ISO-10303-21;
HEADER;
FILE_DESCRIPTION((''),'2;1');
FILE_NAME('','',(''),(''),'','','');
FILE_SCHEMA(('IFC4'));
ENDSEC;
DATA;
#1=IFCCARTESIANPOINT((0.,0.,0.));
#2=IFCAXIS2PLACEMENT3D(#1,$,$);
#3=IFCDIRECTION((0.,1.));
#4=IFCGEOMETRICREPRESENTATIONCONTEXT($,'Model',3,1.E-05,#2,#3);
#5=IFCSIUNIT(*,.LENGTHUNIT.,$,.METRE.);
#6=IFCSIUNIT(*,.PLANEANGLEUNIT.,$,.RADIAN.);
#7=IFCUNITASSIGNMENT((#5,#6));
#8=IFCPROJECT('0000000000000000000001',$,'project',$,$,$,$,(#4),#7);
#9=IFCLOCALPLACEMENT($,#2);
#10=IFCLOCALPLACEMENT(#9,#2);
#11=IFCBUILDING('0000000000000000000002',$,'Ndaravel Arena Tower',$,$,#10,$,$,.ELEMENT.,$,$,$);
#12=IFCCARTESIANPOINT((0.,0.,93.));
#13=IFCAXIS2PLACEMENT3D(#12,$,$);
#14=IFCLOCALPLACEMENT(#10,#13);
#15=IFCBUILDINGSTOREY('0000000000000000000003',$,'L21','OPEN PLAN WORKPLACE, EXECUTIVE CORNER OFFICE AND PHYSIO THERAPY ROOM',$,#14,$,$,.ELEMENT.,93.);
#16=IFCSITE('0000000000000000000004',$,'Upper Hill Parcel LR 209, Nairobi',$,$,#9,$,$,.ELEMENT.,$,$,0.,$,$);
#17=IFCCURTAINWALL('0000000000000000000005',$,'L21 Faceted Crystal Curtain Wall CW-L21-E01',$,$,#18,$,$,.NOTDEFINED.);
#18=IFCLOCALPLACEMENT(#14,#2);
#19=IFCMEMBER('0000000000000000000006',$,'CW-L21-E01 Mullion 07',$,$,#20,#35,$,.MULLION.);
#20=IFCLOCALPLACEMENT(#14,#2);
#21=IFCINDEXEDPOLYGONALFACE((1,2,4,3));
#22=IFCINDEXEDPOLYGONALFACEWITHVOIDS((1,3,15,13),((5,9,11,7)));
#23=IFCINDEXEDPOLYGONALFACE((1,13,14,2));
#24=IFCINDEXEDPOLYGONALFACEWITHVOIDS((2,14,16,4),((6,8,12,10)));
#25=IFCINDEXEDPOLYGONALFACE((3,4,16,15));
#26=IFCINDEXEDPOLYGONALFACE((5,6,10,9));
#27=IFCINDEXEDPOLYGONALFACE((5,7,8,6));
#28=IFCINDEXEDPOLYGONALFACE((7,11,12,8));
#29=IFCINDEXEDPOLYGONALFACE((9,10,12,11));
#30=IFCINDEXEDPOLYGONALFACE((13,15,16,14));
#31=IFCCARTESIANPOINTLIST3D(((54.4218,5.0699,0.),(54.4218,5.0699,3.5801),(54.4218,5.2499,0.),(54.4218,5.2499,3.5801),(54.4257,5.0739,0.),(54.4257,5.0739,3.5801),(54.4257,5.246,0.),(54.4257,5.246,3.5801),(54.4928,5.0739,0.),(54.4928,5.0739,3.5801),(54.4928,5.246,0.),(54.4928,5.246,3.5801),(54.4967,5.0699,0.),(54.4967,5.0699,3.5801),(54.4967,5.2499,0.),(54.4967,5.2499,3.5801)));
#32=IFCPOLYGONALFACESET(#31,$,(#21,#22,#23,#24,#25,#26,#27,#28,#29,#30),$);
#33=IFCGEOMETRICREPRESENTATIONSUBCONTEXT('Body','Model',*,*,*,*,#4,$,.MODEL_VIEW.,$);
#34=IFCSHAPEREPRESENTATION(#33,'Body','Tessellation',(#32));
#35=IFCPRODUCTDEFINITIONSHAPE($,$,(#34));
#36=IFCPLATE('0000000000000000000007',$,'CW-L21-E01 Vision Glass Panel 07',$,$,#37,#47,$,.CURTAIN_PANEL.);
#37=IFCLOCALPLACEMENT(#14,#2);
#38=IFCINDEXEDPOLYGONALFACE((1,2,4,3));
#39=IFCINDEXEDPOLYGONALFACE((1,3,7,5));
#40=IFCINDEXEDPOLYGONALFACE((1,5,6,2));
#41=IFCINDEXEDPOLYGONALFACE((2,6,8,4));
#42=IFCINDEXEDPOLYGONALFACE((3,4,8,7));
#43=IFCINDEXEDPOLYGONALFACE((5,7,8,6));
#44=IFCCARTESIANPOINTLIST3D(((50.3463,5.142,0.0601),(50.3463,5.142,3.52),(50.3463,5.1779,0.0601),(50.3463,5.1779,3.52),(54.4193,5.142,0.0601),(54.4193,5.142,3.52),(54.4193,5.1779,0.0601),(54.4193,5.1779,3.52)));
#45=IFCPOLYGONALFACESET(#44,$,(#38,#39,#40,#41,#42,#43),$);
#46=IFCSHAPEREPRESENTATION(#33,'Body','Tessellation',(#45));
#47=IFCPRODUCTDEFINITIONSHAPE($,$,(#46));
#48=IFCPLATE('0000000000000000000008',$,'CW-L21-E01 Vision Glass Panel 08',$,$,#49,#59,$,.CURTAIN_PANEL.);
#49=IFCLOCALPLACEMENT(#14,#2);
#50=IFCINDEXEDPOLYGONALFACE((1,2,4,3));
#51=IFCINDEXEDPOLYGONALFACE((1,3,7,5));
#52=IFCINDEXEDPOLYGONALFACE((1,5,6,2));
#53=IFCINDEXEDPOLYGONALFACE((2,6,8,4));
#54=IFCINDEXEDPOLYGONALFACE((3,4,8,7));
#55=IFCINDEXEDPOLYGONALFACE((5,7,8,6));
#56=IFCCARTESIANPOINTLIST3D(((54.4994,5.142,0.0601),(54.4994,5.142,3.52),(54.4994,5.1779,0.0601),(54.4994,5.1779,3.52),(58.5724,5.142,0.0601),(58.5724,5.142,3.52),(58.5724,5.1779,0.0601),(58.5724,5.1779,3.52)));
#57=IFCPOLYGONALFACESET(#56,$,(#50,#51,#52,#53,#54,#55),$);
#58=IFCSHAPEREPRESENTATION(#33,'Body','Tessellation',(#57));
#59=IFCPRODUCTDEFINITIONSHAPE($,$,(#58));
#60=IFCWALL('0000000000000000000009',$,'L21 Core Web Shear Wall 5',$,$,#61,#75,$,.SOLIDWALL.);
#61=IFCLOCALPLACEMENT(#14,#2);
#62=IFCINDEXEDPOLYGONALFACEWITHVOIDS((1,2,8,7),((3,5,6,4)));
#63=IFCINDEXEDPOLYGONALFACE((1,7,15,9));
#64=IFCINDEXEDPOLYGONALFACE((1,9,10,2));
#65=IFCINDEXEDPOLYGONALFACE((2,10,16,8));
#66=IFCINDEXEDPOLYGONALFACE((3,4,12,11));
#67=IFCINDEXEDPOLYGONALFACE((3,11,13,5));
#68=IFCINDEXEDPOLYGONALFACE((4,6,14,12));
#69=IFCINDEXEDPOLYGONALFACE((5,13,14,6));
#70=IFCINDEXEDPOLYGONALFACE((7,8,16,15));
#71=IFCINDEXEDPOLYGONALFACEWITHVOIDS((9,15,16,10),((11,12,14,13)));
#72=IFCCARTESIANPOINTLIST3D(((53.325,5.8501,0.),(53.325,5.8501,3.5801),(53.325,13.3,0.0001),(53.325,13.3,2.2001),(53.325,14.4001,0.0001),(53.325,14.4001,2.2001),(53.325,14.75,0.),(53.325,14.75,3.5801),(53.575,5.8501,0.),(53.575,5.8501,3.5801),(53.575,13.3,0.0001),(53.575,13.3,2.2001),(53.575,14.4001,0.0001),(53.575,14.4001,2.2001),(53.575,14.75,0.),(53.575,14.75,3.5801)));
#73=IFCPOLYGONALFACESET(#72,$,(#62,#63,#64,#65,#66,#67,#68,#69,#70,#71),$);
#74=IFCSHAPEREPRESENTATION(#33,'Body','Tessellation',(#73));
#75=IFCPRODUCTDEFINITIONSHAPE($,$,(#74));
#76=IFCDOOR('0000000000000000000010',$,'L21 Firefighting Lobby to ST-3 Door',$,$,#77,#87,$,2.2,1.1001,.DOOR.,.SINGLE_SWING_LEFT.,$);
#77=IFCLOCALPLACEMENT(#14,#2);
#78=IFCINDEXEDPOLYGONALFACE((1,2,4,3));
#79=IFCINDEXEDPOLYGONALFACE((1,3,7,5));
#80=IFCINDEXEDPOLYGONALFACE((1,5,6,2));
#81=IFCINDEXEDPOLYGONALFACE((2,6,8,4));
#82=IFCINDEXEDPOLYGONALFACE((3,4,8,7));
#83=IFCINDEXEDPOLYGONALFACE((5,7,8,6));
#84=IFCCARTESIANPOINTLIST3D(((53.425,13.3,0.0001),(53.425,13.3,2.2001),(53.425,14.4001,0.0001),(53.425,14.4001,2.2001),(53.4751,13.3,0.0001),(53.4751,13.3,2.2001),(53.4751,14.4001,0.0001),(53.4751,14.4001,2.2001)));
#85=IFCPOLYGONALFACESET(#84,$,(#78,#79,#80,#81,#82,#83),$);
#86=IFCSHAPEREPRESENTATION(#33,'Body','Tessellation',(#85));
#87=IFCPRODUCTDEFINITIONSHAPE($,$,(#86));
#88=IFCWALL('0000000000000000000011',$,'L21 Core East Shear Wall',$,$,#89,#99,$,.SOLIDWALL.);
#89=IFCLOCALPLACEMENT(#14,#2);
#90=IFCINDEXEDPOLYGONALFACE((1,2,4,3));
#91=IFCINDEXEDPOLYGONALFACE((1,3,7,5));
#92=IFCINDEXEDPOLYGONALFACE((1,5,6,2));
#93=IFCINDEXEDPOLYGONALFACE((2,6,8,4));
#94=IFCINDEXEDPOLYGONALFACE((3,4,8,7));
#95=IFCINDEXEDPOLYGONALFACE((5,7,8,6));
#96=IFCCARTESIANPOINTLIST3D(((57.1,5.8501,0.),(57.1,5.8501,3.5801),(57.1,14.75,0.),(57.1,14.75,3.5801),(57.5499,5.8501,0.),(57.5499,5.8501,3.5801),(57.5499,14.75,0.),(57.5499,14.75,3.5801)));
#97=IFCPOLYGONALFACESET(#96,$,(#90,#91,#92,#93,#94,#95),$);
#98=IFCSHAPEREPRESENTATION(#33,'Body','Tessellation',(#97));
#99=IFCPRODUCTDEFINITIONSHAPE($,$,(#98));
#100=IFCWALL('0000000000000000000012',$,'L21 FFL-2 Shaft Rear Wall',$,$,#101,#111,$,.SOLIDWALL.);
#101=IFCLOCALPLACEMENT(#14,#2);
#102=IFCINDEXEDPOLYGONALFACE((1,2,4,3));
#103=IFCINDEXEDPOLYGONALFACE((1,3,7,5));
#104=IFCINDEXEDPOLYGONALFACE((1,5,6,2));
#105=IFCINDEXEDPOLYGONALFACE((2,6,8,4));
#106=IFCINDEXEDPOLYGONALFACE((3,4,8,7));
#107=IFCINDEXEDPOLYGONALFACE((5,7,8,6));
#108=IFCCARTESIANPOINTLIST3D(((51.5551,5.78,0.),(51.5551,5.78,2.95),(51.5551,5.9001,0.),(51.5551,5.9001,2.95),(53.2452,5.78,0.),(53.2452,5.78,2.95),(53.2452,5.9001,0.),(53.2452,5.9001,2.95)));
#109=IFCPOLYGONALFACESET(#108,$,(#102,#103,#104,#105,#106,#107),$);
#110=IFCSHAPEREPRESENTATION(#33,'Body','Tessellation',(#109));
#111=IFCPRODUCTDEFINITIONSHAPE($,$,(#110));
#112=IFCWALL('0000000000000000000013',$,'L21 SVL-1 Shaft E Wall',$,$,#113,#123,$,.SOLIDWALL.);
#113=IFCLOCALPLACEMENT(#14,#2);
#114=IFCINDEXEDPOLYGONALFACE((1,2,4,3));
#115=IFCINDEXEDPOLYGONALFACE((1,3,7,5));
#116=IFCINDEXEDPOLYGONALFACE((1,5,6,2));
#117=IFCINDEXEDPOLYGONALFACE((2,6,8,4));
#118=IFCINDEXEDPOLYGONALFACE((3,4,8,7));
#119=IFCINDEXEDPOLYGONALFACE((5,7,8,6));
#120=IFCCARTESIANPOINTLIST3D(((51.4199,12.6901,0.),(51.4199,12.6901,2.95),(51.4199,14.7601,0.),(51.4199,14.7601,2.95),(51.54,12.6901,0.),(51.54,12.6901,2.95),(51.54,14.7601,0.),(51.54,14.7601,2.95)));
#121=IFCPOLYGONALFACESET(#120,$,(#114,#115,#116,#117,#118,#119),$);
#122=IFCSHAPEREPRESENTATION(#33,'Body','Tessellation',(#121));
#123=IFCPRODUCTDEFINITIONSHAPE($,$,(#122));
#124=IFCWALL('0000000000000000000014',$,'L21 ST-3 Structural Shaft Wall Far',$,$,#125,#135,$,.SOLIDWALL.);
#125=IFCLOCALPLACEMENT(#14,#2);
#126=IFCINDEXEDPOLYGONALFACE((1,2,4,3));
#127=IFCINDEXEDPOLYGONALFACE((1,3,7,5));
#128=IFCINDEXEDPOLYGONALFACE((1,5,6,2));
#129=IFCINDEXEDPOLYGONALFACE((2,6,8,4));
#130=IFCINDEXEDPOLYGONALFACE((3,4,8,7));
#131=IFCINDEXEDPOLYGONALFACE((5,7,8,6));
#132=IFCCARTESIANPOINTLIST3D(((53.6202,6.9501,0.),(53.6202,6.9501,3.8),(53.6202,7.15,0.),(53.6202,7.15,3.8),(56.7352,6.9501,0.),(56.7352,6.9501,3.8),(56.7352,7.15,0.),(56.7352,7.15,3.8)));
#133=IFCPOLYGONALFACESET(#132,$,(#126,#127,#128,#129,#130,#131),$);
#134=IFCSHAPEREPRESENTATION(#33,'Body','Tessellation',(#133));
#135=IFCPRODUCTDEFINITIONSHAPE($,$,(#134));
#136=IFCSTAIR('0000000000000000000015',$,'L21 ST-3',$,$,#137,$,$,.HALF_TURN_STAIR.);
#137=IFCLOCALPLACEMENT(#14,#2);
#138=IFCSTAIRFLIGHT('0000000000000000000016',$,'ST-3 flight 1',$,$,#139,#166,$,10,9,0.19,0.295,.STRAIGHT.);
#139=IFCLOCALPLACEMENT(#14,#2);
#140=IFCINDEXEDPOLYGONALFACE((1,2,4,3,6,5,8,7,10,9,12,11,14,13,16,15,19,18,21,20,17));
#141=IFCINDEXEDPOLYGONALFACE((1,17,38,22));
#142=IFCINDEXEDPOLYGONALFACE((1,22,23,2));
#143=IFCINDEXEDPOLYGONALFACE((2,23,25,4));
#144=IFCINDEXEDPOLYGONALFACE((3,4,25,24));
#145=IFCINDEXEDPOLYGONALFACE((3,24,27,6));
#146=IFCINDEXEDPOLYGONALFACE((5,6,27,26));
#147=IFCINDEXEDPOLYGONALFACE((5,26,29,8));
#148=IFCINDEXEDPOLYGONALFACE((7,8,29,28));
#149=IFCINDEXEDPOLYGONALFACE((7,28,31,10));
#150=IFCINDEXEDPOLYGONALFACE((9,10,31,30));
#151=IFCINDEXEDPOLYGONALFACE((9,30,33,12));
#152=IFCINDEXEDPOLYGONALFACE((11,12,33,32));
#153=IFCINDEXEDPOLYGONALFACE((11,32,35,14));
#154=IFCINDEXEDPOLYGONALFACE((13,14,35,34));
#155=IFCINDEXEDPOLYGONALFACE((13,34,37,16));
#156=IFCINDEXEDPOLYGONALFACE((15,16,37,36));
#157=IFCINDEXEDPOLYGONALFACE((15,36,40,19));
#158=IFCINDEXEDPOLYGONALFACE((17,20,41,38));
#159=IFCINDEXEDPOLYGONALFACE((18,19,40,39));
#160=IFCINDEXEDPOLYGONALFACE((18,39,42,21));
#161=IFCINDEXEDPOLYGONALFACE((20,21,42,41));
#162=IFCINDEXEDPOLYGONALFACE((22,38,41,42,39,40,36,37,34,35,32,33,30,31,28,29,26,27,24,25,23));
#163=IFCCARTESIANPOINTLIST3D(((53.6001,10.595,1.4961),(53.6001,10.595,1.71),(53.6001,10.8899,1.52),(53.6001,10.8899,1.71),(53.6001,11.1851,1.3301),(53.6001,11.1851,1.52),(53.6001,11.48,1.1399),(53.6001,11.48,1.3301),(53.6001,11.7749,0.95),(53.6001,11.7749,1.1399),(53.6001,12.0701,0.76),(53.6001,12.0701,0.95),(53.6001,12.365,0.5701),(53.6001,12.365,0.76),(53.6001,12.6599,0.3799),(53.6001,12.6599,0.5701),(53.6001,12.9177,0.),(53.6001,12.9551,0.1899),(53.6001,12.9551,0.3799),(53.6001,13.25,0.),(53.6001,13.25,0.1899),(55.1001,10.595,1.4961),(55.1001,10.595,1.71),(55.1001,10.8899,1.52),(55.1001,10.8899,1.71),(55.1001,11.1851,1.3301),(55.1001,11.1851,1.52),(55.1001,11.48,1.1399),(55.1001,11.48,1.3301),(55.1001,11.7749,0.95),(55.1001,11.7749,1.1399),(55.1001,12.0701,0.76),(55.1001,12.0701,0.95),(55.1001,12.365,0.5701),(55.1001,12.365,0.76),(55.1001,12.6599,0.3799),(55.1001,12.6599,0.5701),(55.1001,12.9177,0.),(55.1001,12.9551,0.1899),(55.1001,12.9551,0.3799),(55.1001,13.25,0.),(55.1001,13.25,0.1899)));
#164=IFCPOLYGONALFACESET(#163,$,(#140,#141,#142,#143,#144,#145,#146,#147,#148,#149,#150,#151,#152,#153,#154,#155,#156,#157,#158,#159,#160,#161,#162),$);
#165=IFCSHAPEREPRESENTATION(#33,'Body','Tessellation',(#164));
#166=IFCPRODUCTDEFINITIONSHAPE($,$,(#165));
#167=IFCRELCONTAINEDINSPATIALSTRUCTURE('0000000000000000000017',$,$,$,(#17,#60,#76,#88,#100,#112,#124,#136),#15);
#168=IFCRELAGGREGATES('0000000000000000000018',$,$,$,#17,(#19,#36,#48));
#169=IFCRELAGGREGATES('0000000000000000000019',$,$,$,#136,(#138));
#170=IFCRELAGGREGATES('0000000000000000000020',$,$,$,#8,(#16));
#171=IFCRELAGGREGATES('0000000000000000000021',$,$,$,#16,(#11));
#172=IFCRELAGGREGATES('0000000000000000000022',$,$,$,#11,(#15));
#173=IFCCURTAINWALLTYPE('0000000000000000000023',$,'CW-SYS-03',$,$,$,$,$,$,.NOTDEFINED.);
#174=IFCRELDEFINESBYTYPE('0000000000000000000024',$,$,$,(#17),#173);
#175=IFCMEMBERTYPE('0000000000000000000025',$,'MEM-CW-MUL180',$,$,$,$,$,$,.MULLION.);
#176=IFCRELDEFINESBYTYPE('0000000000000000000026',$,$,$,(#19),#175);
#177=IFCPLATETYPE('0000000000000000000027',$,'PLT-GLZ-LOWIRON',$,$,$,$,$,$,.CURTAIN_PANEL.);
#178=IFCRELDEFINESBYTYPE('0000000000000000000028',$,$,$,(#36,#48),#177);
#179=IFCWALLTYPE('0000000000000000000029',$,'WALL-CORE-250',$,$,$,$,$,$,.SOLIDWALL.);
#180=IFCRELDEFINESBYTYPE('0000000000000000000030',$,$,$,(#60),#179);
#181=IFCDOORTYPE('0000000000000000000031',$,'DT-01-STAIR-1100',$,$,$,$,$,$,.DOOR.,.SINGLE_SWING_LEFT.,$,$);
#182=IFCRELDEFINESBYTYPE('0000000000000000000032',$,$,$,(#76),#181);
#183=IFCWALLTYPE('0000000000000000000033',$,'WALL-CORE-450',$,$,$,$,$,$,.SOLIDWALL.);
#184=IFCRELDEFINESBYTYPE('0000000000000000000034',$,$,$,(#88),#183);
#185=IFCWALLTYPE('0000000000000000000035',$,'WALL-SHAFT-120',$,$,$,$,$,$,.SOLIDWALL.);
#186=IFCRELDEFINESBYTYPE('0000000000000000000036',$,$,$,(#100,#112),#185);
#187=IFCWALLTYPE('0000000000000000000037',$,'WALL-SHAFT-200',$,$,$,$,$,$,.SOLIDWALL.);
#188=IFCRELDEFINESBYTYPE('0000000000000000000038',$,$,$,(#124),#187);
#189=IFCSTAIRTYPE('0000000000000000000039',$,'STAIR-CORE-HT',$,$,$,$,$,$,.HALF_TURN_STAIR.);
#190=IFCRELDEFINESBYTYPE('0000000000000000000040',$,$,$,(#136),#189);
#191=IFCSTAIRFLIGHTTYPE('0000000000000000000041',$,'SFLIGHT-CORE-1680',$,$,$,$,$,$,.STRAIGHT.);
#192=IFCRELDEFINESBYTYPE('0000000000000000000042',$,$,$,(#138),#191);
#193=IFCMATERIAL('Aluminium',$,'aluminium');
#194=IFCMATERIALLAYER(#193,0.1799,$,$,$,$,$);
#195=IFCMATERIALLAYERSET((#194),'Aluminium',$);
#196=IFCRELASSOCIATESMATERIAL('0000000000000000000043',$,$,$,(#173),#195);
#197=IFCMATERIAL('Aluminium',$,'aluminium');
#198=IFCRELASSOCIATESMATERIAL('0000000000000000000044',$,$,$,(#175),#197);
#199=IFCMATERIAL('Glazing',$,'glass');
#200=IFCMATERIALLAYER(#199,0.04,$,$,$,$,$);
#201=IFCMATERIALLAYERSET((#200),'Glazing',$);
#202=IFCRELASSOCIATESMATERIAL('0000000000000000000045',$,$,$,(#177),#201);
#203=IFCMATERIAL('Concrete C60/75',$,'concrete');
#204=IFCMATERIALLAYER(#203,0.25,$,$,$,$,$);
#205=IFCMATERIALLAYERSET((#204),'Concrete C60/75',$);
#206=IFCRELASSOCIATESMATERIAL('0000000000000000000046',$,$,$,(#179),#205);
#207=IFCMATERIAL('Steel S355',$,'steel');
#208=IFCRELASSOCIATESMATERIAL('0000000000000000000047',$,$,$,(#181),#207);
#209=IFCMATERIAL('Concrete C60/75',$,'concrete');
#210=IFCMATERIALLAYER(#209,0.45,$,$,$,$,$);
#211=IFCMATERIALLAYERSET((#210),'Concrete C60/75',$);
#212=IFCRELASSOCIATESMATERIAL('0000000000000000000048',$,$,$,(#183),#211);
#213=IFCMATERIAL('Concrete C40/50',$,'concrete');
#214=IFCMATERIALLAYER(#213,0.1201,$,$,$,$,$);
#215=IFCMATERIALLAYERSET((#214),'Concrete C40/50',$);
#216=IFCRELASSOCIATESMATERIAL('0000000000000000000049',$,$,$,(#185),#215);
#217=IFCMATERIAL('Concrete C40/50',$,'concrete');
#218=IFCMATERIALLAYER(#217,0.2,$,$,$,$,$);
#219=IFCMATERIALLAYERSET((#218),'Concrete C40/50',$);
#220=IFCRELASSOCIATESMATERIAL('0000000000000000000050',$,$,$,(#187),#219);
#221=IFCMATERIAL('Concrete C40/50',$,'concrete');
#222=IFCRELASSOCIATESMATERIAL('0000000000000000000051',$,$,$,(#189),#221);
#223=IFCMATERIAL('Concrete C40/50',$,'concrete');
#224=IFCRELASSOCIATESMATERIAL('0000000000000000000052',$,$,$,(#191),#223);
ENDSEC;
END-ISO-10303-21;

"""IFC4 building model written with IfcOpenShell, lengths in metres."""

from ifc_helpers import new_model, si_unit, direction, frame, frame_2d, origin, origin_2d, place, context, subcontext, project, spatial, polyline, rectangle, hollow_rectangle, outline, extrude, material, layer, layer_set, material_profile, profile_set, type_object, element, fill, aggregate, save


model = new_model("IFC4")

# Units and contexts
model_context = context("Model", 3, precision=1e-05, world=origin(), true_north=direction((0.0, 1.0)))
body_context = subcontext(model_context, "Body", "Model", "MODEL_VIEW")
ifc_project = project(units=[si_unit("LENGTHUNIT", "METRE"), si_unit("PLANEANGLEUNIT", "RADIAN")], contexts=[model_context])

# Site, building, storey
site_placement = place(None, origin())
site = spatial("IfcSite", under=ifc_project, at=site_placement, Name="Upper Hill Parcel LR 209, Nairobi", CompositionType="ELEMENT", RefElevation=0.0)
building_placement = place(site_placement, origin())
building = spatial("IfcBuilding", under=site, at=building_placement, Name="Ndaravel Arena Tower", CompositionType="ELEMENT")
storey_placement = place(building_placement, frame((0.0, 0.0, 93.0)))
storey = spatial("IfcBuildingStorey", under=building, at=storey_placement, Name="L21", Description="OPEN PLAN WORKPLACE, EXECUTIVE CORNER OFFICE AND PHYSIO THERAPY ROOM", CompositionType="ELEMENT", Elevation=93.0)

# Curtain wall, member, plates
ifc_material_1 = material(Name="Aluminium", Category="aluminium")
ifc_layer_1 = layer(ifc_material_1, 0.1799)
ifc_layer_set_1 = layer_set([ifc_layer_1], Name="Aluminium")
curtain_wall_type = type_object("IfcCurtainWallType", Name="CW-SYS-03", PredefinedType="NOTDEFINED", material=ifc_layer_set_1)
curtain_wall_placement = place(storey_placement, origin())
curtain_wall = element("IfcCurtainWall", 1, at=curtain_wall_placement, inside=storey, type_object=curtain_wall_type, Name="L21 Faceted Crystal Curtain Wall CW-L21-E01", PredefinedType="NOTDEFINED")
ifc_material_2 = material(Name="Aluminium", Category="aluminium")
ifc_material_profile = material_profile(ifc_material_2, hollow_rectangle(XDim=0.075, YDim=0.1799, WallThickness=0.0039, at=origin_2d()), Name="CW MULLION 75x180x4")
ifc_profile_set = profile_set([ifc_material_profile], Name="Aluminium")
member_type = type_object("IfcMemberType", Name="MEM-CW-MUL180", PredefinedType="MULLION", material=ifc_profile_set)
member_placement = place(storey_placement, frame((54.4592, 5.1599, 0.0), z_axis=(0.0, 0.0, 1.0), x_axis=(1.0, 0.0, 0.0)))
member = element("IfcMember", 2, at=member_placement, type_object=member_type, Name="CW-L21-E01 Mullion 07", PredefinedType="MULLION", context=body_context, shape_type="SweptSolid", body=[
    extrude(hollow_rectangle(XDim=0.075, YDim=0.1799, WallThickness=0.0039, at=origin_2d()), origin(), (0.0, 0.0, 1.0), 3.5801),
])
ifc_material_3 = material(Name="Glazing", Category="glass")
ifc_layer_2 = layer(ifc_material_3, 0.04)
ifc_layer_set_2 = layer_set([ifc_layer_2], Name="Glazing")
plate_type = type_object("IfcPlateType", Name="PLT-GLZ-LOWIRON", PredefinedType="CURTAIN_PANEL", material=ifc_layer_set_2)
plate_1_placement = place(storey_placement, frame((52.3828, 5.1599, 0.0601), z_axis=(0.0, 0.0, 1.0), x_axis=(1.0, 0.0, 0.0)))
plate_1 = element("IfcPlate", 3, at=plate_1_placement, type_object=plate_type, Name="CW-L21-E01 Vision Glass Panel 07", PredefinedType="CURTAIN_PANEL", context=body_context, shape_type="SweptSolid", body=[
    extrude(rectangle(XDim=4.073, YDim=0.0359, at=origin_2d()), origin(), (0.0, 0.0, 1.0), 3.46),
])
plate_2_placement = place(storey_placement, frame((56.5359, 5.1599, 0.0601), z_axis=(0.0, 0.0, 1.0), x_axis=(1.0, 0.0, 0.0)))
plate_2 = element("IfcPlate", 4, at=plate_2_placement, type_object=plate_type, Name="CW-L21-E01 Vision Glass Panel 08", PredefinedType="CURTAIN_PANEL", context=body_context, shape_type="SweptSolid", body=[
    extrude(rectangle(XDim=4.073, YDim=0.0359, at=origin_2d()), origin(), (0.0, 0.0, 1.0), 3.46),
])
aggregate(curtain_wall, [member, plate_1, plate_2])

# Wall, opening, door
ifc_material_4 = material(Name="Concrete C60/75", Category="concrete")
ifc_layer_3 = layer(ifc_material_4, 0.25)
ifc_layer_set_3 = layer_set([ifc_layer_3], Name="Concrete C60/75")
wall_type_1 = type_object("IfcWallType", Name="WALL-CORE-250", PredefinedType="SOLIDWALL", material=ifc_layer_set_3)
wall_1_placement = place(storey_placement, frame((53.45, 5.8501, 0.0), z_axis=(0.0, 0.0, 1.0), x_axis=(0.0, 1.0, 0.0)))
wall_1 = element("IfcWall", 5, at=wall_1_placement, inside=storey, type_object=wall_type_1, Name="L21 Core Web Shear Wall 5", PredefinedType="SOLIDWALL", context=body_context, shape_type="SweptSolid", body=[
    extrude(rectangle(XDim=8.8999, YDim=0.25, at=frame_2d((4.45, 0.0))), origin(), (0.0, 0.0, 1.0), 3.5801),
])
opening_1_placement = place(wall_1_placement, frame((7.45, 0.0, 0.0)))
opening_1 = element("IfcOpeningElement", 6, at=opening_1_placement, cuts=wall_1, PredefinedType="OPENING", context=body_context, shape_type="SweptSolid", body=[
    extrude(rectangle(XDim=1.1001, YDim=2.2, at=frame_2d((0.55, 1.1001))), frame((0.0, 0.125, 0.0), z_axis=(0.0, -1.0, 0.0), x_axis=(1.0, 0.0, 0.0)), (0.0, 0.0, 1.0), 0.25),
])
ifc_material_5 = material(Name="Steel S355", Category="steel")
door_type_1 = type_object("IfcDoorType", Name="DT-01-STAIR-1100", OperationType="SINGLE_SWING_LEFT", PredefinedType="DOOR", material=ifc_material_5)
door_1_placement = place(opening_1_placement, origin())
door_1 = element("IfcDoor", 7, at=door_1_placement, inside=storey, type_object=door_type_1, Name="L21 Firefighting Lobby to ST-3 Door", OperationType="SINGLE_SWING_LEFT", OverallHeight=2.2, OverallWidth=1.1001, PredefinedType="DOOR", context=body_context, shape_type="SweptSolid", body=[
    extrude(rectangle(XDim=1.1001, YDim=2.2, at=frame_2d((0.55, 1.1001))), frame((0.0, 0.0249, 0.0), z_axis=(0.0, -1.0, 0.0), x_axis=(1.0, 0.0, 0.0)), (0.0, 0.0, 1.0), 0.05),
])
fill(opening_1, door_1)

# Walls
ifc_material_6 = material(Name="Concrete C60/75", Category="concrete")
ifc_layer_4 = layer(ifc_material_6, 0.45)
ifc_layer_set_4 = layer_set([ifc_layer_4], Name="Concrete C60/75")
wall_type_2 = type_object("IfcWallType", Name="WALL-CORE-450", PredefinedType="SOLIDWALL", material=ifc_layer_set_4)
wall_2_placement = place(storey_placement, frame((57.325, 5.8501, 0.0), z_axis=(0.0, 0.0, 1.0), x_axis=(0.0, 1.0, 0.0)))
element("IfcWall", 8, at=wall_2_placement, inside=storey, type_object=wall_type_2, Name="L21 Core East Shear Wall", PredefinedType="SOLIDWALL", context=body_context, shape_type="SweptSolid", body=[
    extrude(rectangle(XDim=8.8999, YDim=0.45, at=frame_2d((4.45, 0.0))), origin(), (0.0, 0.0, 1.0), 3.5801),
])
ifc_material_7 = material(Name="Concrete C40/50", Category="concrete")
ifc_layer_5 = layer(ifc_material_7, 0.1201)
ifc_layer_set_5 = layer_set([ifc_layer_5], Name="Concrete C40/50")
wall_type_3 = type_object("IfcWallType", Name="WALL-SHAFT-120", PredefinedType="SOLIDWALL", material=ifc_layer_set_5)
wall_3_placement = place(storey_placement, frame((51.5549, 5.8401, 0.0), z_axis=(0.0, 0.0, 1.0), x_axis=(1.0, 0.0, 0.0)))
element("IfcWall", 9, at=wall_3_placement, inside=storey, type_object=wall_type_3, Name="L21 FFL-2 Shaft Rear Wall", PredefinedType="SOLIDWALL", context=body_context, shape_type="SweptSolid", body=[
    extrude(rectangle(XDim=1.6902, YDim=0.1201, at=frame_2d((0.8452, 0.0))), origin(), (0.0, 0.0, 1.0), 2.95),
])
wall_4_placement = place(storey_placement, frame((51.48, 12.6899, 0.0), z_axis=(0.0, 0.0, 1.0), x_axis=(0.0, 1.0, 0.0)))
element("IfcWall", 10, at=wall_4_placement, inside=storey, type_object=wall_type_3, Name="L21 SVL-1 Shaft E Wall", PredefinedType="SOLIDWALL", context=body_context, shape_type="SweptSolid", body=[
    extrude(rectangle(XDim=2.0701, YDim=0.1201, at=frame_2d((1.0352, 0.0))), origin(), (0.0, 0.0, 1.0), 2.95),
])
ifc_material_8 = material(Name="Concrete C40/50", Category="concrete")
ifc_layer_6 = layer(ifc_material_8, 0.2)
ifc_layer_set_6 = layer_set([ifc_layer_6], Name="Concrete C40/50")
wall_type_4 = type_object("IfcWallType", Name="WALL-SHAFT-200", PredefinedType="SOLIDWALL", material=ifc_layer_set_6)
wall_5_placement = place(storey_placement, frame((53.6201, 7.05, 0.0), z_axis=(0.0, 0.0, 1.0), x_axis=(1.0, 0.0, 0.0)))
element("IfcWall", 11, at=wall_5_placement, inside=storey, type_object=wall_type_4, Name="L21 ST-3 Structural Shaft Wall Far", PredefinedType="SOLIDWALL", context=body_context, shape_type="SweptSolid", body=[
    extrude(rectangle(XDim=3.115, YDim=0.2, at=frame_2d((1.5576, 0.0))), origin(), (0.0, 0.0, 1.0), 3.8),
])

# Stair, stair flight
ifc_material_9 = material(Name="Concrete C40/50", Category="concrete")
stair_type = type_object("IfcStairType", Name="STAIR-CORE-HT", PredefinedType="HALF_TURN_STAIR", material=ifc_material_9)
stair_placement = place(storey_placement, origin())
stair = element("IfcStair", 12, at=stair_placement, inside=storey, type_object=stair_type, Name="L21 ST-3", PredefinedType="HALF_TURN_STAIR")
ifc_material_10 = material(Name="Concrete C40/50", Category="concrete")
stair_flight_type = type_object("IfcStairFlightType", Name="SFLIGHT-CORE-1680", PredefinedType="STRAIGHT", material=ifc_material_10)
stair_flight_1_placement = place(storey_placement, frame((54.3501, 13.25, 0.0), z_axis=(0.0, 0.0, 1.0), x_axis=(0.0, -1.0, 0.0)))
stair_flight_1 = element("IfcStairFlight", 13, at=stair_flight_1_placement, type_object=stair_flight_type, Name="ST-3 flight 1", NumberOfRisers=10, NumberOfTreads=9, PredefinedType="STRAIGHT", RiserHeight=0.19, TreadLength=0.295, context=body_context, shape_type="SweptSolid", body=[
    extrude(outline(polyline([(0.0, 0.0), (0.0, 0.1899), (0.2949, 0.1899), (0.2949, 0.3799), (0.5901, 0.3799), (0.5901, 0.5701), (0.885, 0.5701), (0.885, 0.76), (1.1799, 0.76), (1.1799, 0.95), (1.4751, 0.95), (1.4751, 1.1399), (1.77, 1.1399), (1.77, 1.3301), (2.0649, 1.3301), (2.0649, 1.52), (2.3601, 1.52), (2.3601, 1.71), (2.655, 1.71), (2.655, 1.8999), (2.655, 1.4961), (0.3323, 0.0), (0.0, 0.0)])), frame((0.0, 0.75, 0.0), z_axis=(0.0, -1.0, 0.0), x_axis=(1.0, 0.0, 0.0)), (0.0, 0.0, 1.0), 1.5),
])
aggregate(stair, [stair_flight_1])

save(model, "model.ifc")
